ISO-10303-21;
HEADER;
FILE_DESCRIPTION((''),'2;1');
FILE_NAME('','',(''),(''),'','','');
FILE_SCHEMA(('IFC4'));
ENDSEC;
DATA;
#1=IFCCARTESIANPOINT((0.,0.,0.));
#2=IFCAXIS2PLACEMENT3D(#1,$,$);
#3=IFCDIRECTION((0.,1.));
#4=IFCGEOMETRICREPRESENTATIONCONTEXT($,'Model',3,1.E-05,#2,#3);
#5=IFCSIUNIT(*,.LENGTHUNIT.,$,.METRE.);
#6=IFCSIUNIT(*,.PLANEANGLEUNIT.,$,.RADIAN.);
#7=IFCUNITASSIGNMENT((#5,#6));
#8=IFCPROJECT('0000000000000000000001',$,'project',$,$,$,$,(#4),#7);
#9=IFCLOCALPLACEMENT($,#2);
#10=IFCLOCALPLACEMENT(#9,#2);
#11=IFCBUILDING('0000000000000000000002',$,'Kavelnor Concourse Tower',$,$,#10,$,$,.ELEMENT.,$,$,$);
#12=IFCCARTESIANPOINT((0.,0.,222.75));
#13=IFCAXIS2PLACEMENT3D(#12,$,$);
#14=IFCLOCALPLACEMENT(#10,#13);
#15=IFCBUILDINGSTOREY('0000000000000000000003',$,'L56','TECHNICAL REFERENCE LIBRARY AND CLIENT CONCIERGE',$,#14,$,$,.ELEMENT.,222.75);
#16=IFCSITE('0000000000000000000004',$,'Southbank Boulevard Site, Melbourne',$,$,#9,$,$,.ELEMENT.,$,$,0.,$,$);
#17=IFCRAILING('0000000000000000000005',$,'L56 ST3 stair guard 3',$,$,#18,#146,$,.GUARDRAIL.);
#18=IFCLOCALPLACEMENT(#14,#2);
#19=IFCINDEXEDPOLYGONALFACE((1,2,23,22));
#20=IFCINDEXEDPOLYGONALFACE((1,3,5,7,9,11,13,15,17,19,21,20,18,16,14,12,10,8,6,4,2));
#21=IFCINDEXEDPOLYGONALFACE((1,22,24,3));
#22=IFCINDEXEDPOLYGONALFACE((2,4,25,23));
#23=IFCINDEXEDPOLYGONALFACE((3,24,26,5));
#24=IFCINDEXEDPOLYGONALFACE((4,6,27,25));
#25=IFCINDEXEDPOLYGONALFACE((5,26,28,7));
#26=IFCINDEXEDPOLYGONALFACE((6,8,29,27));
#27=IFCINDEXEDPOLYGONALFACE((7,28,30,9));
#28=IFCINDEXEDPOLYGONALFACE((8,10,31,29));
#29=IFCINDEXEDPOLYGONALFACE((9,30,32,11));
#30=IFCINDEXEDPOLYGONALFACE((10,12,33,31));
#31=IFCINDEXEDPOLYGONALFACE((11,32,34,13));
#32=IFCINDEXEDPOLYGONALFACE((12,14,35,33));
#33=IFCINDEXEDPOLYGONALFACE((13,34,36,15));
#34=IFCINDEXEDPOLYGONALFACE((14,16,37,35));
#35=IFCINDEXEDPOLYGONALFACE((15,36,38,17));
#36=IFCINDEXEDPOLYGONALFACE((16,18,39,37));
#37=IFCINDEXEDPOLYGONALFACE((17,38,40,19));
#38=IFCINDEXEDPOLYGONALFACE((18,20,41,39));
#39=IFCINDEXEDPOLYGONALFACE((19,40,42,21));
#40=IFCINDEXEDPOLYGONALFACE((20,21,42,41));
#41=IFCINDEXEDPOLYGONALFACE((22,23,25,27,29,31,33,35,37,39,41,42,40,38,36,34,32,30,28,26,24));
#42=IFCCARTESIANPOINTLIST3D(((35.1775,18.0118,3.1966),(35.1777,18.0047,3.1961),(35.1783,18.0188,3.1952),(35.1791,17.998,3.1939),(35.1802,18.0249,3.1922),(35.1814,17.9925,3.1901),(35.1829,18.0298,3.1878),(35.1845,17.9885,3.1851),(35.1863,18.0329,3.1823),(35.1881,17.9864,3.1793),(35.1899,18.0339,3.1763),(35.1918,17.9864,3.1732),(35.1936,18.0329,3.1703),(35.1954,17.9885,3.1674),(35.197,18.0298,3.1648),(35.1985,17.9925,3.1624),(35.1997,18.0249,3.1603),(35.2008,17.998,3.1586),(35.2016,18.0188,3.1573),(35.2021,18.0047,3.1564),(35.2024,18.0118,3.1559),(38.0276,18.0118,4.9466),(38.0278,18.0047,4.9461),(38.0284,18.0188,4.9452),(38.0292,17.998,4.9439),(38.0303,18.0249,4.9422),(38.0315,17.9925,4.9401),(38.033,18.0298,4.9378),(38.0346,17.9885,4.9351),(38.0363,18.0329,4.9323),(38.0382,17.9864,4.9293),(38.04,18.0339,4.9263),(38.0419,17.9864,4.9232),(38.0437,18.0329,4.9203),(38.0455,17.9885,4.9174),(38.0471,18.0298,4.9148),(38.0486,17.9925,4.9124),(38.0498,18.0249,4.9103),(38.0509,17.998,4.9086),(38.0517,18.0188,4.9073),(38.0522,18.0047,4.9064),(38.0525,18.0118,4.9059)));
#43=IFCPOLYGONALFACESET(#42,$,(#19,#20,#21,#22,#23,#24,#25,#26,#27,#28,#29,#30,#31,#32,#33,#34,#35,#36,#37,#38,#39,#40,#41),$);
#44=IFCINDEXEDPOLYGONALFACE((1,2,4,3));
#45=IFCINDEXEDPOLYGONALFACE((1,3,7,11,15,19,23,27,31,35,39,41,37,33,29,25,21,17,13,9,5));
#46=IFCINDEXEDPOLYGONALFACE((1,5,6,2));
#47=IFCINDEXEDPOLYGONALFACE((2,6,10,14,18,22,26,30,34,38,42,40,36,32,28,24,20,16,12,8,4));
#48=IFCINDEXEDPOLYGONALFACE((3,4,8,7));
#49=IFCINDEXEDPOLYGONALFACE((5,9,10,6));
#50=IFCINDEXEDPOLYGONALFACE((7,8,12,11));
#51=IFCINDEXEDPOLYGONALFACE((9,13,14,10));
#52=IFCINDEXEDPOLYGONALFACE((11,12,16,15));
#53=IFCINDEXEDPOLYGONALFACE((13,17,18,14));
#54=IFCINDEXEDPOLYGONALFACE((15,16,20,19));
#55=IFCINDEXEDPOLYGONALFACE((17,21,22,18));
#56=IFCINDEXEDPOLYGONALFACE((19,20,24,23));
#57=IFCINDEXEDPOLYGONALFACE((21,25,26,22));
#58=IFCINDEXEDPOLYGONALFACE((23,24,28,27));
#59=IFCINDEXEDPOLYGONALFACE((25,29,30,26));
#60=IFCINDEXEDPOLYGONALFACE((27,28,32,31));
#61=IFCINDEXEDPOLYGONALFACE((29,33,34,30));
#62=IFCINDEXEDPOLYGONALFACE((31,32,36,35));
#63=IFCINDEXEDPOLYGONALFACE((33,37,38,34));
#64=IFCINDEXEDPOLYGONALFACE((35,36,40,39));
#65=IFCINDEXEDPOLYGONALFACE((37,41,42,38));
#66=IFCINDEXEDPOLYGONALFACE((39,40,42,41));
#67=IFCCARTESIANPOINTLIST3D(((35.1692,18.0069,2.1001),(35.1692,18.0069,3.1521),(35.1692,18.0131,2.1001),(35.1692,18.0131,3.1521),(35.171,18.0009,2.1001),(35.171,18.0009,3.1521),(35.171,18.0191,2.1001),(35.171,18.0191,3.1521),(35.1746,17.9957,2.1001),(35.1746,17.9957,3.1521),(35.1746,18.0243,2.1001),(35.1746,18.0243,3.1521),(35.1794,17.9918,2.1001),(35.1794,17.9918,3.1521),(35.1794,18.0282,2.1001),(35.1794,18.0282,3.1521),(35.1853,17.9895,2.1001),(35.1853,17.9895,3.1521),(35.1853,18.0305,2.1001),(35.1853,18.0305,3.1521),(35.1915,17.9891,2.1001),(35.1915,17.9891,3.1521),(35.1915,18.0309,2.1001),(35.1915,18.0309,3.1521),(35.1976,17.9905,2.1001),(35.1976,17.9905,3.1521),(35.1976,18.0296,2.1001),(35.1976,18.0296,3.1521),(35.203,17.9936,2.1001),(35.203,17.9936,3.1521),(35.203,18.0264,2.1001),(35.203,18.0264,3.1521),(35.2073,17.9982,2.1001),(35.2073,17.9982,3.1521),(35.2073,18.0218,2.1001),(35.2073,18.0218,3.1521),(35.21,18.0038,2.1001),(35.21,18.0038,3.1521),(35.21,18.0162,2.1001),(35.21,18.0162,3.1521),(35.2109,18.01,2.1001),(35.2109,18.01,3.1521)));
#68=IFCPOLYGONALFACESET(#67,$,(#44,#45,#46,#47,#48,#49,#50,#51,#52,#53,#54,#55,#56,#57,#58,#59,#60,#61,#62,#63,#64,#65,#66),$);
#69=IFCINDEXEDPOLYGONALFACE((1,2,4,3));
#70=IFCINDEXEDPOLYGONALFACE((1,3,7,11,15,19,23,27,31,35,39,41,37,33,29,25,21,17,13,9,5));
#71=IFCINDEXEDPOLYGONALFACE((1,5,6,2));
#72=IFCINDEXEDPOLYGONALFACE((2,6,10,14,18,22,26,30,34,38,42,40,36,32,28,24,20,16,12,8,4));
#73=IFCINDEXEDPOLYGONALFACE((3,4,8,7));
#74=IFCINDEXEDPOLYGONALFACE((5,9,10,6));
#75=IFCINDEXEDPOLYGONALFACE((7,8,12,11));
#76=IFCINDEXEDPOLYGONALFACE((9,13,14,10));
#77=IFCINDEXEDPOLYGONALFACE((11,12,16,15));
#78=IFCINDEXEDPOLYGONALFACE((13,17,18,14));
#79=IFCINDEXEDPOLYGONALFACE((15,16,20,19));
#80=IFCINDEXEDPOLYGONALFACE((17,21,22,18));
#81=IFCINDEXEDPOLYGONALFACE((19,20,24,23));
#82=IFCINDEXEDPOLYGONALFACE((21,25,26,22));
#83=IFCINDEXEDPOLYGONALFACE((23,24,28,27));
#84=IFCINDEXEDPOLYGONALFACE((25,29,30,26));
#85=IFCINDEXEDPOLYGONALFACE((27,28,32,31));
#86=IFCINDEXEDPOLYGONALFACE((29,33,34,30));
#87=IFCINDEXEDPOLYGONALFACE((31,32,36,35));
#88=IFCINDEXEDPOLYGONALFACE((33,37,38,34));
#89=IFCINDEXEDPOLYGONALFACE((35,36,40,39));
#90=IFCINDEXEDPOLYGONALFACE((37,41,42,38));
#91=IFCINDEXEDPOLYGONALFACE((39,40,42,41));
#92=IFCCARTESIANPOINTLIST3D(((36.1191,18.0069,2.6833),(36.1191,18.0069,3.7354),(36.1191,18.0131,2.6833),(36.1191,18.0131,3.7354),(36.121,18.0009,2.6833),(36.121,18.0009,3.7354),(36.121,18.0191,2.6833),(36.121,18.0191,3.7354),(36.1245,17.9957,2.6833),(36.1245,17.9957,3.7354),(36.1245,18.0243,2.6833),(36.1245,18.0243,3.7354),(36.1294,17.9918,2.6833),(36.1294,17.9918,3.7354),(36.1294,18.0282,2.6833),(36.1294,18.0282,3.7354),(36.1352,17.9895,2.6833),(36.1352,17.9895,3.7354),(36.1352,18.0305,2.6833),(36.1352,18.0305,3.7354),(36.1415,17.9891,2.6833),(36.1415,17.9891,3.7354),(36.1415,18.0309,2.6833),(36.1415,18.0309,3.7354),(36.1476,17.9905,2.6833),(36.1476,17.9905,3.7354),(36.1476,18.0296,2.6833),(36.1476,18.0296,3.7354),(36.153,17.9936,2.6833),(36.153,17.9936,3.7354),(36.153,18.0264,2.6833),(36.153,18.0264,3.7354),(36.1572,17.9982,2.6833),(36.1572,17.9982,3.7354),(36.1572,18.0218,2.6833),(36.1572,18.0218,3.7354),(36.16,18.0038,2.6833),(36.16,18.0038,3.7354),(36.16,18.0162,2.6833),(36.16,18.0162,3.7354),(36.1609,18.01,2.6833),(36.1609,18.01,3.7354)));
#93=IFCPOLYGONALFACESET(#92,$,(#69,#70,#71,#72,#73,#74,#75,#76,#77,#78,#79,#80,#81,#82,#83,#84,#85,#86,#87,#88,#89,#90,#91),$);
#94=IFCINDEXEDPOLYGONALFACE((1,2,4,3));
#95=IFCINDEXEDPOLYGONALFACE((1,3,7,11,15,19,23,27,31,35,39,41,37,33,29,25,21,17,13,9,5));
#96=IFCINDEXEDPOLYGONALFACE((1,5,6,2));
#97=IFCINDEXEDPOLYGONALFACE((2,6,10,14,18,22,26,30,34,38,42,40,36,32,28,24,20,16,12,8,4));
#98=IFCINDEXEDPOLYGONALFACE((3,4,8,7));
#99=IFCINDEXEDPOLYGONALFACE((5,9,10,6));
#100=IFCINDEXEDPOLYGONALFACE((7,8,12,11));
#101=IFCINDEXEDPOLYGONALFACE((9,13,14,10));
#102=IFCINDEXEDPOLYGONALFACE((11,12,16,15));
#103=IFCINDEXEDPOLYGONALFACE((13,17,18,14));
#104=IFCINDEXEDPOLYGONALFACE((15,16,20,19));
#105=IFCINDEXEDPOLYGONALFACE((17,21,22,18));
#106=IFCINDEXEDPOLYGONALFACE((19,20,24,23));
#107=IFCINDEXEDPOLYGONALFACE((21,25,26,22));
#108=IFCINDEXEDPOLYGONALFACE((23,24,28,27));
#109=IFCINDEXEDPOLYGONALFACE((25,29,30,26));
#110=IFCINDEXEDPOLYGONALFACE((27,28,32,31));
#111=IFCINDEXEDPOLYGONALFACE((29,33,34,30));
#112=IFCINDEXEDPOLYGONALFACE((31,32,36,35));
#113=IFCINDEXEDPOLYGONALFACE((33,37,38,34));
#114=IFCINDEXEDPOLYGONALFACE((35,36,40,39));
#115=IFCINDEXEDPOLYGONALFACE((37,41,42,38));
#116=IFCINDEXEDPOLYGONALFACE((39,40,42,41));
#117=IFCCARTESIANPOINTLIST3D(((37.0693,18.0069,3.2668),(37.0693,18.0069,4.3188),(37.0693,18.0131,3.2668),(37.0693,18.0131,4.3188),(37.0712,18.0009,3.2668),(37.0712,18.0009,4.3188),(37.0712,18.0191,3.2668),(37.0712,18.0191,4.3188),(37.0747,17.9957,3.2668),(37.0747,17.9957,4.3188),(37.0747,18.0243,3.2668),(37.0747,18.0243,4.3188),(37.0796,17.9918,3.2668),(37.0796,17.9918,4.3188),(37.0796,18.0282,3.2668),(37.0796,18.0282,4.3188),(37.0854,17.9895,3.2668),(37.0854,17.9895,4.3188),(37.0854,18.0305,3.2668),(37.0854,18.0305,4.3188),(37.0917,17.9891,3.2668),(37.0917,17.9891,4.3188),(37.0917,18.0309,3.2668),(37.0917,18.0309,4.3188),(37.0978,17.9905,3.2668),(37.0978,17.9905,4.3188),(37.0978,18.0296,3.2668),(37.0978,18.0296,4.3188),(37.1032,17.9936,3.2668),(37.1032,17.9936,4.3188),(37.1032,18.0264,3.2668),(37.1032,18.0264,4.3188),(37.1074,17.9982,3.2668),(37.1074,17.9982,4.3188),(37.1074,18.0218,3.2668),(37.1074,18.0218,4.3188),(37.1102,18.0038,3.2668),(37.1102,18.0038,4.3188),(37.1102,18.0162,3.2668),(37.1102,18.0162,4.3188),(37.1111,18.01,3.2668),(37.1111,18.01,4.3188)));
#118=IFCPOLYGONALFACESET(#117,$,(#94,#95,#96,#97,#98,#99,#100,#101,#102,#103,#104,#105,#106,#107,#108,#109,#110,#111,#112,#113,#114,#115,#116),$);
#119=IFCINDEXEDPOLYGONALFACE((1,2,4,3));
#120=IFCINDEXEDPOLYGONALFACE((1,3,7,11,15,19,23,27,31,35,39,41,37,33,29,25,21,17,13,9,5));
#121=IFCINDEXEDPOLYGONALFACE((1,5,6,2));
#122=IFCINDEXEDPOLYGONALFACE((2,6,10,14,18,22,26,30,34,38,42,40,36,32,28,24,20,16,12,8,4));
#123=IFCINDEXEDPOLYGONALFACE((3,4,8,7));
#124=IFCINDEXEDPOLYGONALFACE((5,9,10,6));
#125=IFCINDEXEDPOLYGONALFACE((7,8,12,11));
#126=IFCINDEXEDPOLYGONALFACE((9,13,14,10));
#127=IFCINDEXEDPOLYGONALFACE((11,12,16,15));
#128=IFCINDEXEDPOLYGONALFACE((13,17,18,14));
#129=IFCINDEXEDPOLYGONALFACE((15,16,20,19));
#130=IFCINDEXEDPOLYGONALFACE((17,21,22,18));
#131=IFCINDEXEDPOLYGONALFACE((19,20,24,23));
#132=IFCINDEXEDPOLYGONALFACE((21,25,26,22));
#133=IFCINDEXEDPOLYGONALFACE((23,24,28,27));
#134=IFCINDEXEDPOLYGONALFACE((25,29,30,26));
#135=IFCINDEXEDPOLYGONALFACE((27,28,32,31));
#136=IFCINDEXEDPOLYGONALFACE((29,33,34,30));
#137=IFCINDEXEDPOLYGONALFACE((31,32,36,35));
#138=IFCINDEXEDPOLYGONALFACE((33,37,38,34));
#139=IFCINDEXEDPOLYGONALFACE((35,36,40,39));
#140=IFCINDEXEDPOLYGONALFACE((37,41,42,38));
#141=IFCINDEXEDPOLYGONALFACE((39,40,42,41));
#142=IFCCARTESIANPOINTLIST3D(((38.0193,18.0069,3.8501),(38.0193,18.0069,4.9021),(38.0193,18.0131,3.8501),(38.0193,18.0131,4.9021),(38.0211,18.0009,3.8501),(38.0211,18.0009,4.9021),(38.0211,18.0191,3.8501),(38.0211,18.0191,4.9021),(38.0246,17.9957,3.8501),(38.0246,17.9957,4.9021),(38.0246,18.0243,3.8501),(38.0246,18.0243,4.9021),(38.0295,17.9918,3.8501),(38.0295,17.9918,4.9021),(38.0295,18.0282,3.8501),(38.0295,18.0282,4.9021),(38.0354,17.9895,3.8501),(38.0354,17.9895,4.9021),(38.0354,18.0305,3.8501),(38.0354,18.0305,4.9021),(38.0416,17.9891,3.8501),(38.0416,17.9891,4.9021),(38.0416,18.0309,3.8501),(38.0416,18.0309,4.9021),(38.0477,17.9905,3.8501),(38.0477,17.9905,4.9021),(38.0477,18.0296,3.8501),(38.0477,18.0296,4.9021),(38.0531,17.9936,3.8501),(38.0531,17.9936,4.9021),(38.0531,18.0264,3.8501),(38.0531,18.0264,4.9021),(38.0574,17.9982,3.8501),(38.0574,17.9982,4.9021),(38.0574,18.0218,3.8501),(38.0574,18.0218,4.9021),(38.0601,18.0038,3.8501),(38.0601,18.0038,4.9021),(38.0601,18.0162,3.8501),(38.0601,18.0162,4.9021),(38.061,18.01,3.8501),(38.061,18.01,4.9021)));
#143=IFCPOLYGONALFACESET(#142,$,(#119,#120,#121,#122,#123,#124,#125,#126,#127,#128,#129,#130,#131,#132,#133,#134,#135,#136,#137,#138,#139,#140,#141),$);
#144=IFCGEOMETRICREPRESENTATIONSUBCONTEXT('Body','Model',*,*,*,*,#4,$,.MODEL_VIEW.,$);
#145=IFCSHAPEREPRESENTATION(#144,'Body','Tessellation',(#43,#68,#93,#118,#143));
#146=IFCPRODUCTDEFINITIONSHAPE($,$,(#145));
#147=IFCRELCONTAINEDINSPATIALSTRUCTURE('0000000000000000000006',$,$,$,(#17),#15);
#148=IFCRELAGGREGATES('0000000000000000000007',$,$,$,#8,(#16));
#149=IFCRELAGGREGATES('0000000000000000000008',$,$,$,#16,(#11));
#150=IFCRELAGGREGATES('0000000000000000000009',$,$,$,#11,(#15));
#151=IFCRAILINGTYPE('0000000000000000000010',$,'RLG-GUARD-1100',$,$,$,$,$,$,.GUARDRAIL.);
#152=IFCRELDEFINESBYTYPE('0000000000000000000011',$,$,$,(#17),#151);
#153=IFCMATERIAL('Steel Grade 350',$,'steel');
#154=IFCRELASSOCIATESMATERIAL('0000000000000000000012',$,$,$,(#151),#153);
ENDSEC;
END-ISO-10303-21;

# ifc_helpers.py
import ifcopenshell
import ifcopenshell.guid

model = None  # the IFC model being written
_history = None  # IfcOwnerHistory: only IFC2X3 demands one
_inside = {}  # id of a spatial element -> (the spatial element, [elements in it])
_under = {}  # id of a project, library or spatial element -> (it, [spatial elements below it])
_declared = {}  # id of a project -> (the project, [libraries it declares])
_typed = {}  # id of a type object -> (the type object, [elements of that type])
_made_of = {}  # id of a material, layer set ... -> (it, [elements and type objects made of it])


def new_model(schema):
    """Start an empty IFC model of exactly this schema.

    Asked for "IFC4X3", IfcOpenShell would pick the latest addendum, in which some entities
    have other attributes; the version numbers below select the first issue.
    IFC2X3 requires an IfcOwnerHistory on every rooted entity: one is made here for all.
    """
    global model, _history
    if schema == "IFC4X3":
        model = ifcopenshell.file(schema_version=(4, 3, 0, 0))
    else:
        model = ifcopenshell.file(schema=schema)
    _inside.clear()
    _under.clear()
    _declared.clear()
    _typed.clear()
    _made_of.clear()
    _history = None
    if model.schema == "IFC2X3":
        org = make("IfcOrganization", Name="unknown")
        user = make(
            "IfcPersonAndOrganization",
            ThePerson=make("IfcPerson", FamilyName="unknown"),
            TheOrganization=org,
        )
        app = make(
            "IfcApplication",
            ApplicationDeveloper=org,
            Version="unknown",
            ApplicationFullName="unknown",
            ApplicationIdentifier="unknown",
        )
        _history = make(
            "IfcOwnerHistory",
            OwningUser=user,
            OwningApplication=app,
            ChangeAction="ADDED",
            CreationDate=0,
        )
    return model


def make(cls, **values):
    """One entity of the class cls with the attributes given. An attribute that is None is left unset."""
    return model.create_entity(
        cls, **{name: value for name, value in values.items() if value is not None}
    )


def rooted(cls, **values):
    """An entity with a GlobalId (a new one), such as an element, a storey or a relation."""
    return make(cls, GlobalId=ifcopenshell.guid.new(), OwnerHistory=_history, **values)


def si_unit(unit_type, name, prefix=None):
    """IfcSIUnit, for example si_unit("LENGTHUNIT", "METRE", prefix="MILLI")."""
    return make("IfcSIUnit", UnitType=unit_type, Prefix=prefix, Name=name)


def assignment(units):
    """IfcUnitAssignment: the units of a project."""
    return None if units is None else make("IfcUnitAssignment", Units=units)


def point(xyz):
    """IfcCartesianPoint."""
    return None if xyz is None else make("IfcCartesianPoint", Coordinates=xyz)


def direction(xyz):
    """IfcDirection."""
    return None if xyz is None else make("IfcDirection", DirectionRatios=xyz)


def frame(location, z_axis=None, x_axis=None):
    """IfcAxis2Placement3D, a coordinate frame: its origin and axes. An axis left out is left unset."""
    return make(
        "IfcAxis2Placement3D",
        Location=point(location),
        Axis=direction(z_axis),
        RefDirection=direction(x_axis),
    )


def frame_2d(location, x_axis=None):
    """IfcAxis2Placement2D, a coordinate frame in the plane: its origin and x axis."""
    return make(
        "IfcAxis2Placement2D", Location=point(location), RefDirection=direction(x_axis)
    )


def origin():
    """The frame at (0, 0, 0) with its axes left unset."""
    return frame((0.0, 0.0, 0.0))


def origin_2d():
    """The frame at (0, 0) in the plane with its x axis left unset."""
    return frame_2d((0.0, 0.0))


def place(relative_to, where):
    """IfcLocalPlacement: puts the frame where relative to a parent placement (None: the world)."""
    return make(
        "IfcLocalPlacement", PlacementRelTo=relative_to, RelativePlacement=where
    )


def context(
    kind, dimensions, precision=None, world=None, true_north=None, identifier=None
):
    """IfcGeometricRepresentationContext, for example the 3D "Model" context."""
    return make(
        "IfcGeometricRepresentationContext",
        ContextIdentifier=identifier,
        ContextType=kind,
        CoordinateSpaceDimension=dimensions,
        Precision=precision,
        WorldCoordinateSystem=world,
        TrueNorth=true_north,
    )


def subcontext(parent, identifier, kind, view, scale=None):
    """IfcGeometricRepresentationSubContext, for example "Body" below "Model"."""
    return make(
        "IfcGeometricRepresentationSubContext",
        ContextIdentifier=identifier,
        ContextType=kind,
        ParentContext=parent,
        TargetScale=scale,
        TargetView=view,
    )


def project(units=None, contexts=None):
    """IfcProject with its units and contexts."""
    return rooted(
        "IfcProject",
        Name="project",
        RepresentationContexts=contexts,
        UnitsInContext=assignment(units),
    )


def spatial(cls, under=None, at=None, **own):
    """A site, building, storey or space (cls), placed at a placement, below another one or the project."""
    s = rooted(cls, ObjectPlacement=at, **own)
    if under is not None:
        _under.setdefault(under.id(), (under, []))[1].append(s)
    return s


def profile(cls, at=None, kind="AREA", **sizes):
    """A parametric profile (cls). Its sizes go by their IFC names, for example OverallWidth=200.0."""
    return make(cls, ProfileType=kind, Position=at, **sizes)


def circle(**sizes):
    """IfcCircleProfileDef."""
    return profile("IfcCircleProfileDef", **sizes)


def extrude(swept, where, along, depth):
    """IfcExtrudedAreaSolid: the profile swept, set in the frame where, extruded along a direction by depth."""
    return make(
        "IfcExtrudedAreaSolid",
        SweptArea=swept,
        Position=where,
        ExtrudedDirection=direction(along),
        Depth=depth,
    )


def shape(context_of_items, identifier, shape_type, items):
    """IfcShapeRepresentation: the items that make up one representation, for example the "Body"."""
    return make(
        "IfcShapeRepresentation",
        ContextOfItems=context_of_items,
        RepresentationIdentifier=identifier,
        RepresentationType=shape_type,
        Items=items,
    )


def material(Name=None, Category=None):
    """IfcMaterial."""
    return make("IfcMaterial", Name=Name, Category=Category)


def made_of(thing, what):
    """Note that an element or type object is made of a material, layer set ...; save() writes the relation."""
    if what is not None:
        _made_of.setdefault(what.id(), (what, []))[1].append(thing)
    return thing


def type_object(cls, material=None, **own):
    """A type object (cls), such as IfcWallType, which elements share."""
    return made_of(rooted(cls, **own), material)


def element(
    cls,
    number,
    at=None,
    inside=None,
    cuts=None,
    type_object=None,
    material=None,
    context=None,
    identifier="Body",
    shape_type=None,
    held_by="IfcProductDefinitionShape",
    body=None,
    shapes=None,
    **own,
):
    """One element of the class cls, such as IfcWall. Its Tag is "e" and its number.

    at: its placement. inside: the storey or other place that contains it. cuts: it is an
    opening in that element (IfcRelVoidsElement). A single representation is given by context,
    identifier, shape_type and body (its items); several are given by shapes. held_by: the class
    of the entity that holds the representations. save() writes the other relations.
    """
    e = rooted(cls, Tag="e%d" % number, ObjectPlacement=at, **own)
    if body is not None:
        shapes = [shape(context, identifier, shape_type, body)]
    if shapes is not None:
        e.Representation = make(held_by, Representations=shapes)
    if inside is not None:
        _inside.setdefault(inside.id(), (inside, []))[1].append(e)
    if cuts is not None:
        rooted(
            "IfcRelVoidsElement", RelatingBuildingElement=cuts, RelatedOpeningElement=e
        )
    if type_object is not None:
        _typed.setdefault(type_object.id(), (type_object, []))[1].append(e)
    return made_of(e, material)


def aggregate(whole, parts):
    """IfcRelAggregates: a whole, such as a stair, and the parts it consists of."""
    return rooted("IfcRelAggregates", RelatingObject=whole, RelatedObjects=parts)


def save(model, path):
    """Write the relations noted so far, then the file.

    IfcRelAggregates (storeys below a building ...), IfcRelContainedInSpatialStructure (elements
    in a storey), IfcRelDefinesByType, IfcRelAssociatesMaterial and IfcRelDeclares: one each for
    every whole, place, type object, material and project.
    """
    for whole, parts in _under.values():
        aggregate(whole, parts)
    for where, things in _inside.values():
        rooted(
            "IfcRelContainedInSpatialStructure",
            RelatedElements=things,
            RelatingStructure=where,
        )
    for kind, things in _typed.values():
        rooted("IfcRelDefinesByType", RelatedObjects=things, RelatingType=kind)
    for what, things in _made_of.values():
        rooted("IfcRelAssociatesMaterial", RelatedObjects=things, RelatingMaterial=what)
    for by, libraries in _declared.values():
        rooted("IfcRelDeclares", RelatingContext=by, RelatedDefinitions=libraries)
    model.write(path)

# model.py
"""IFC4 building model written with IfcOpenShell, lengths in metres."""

from ifc_helpers import new_model, si_unit, direction, frame, origin, origin_2d, place, context, subcontext, project, spatial, circle, extrude, material, type_object, element, save


model = new_model("IFC4")

# Units and contexts
model_context = context("Model", 3, precision=1e-05, world=origin(), true_north=direction((0.0, 1.0)))
body_context = subcontext(model_context, "Body", "Model", "MODEL_VIEW")
ifc_project = project(units=[si_unit("LENGTHUNIT", "METRE"), si_unit("PLANEANGLEUNIT", "RADIAN")], contexts=[model_context])

# Site, building, storey
site_placement = place(None, origin())
site = spatial("IfcSite", under=ifc_project, at=site_placement, Name="Southbank Boulevard Site, Melbourne", CompositionType="ELEMENT", RefElevation=0.0)
building_placement = place(site_placement, origin())
building = spatial("IfcBuilding", under=site, at=building_placement, Name="Kavelnor Concourse Tower", CompositionType="ELEMENT")
storey_placement = place(building_placement, frame((0.0, 0.0, 222.75)))
storey = spatial("IfcBuildingStorey", under=building, at=storey_placement, Name="L56", Description="TECHNICAL REFERENCE LIBRARY AND CLIENT CONCIERGE", CompositionType="ELEMENT", Elevation=222.75)

# Shared definitions
ifc_material_1 = material(Name="Steel Grade 350", Category="steel")

# Railing
railing_type_1 = type_object("IfcRailingType", Name="RLG-GUARD-1100", PredefinedType="GUARDRAIL", material=ifc_material_1)
railing_1_placement = place(storey_placement, frame((35.1899, 18.01, 2.1001)))
element("IfcRailing", 1, at=railing_1_placement, inside=storey, type_object=railing_type_1, Name="L56 ST3 stair guard 3", PredefinedType="GUARDRAIL", context=body_context, shape_type="SweptSolid", body=[
    extrude(circle(Radius=0.0239, at=origin_2d()), frame((0.0, 0.0, 1.0762), z_axis=(0.852179, 0.0, 0.52325), x_axis=(0.0, 1.0, 0.0)), (0.0, 0.0, 1.0), 3.3445),
    extrude(circle(Radius=0.021, at=origin_2d()), origin(), (0.0, 0.0, 1.0), 1.052),
    extrude(circle(Radius=0.021, at=origin_2d()), frame((0.95, 0.0, 0.5833)), (0.0, 0.0, 1.0), 1.052),
    extrude(circle(Radius=0.021, at=origin_2d()), frame((1.9001, 0.0, 1.1667)), (0.0, 0.0, 1.0), 1.052),
    extrude(circle(Radius=0.021, at=origin_2d()), frame((2.8501, 0.0, 1.75)), (0.0, 0.0, 1.0), 1.052),
])

save(model, "model.ifc")
